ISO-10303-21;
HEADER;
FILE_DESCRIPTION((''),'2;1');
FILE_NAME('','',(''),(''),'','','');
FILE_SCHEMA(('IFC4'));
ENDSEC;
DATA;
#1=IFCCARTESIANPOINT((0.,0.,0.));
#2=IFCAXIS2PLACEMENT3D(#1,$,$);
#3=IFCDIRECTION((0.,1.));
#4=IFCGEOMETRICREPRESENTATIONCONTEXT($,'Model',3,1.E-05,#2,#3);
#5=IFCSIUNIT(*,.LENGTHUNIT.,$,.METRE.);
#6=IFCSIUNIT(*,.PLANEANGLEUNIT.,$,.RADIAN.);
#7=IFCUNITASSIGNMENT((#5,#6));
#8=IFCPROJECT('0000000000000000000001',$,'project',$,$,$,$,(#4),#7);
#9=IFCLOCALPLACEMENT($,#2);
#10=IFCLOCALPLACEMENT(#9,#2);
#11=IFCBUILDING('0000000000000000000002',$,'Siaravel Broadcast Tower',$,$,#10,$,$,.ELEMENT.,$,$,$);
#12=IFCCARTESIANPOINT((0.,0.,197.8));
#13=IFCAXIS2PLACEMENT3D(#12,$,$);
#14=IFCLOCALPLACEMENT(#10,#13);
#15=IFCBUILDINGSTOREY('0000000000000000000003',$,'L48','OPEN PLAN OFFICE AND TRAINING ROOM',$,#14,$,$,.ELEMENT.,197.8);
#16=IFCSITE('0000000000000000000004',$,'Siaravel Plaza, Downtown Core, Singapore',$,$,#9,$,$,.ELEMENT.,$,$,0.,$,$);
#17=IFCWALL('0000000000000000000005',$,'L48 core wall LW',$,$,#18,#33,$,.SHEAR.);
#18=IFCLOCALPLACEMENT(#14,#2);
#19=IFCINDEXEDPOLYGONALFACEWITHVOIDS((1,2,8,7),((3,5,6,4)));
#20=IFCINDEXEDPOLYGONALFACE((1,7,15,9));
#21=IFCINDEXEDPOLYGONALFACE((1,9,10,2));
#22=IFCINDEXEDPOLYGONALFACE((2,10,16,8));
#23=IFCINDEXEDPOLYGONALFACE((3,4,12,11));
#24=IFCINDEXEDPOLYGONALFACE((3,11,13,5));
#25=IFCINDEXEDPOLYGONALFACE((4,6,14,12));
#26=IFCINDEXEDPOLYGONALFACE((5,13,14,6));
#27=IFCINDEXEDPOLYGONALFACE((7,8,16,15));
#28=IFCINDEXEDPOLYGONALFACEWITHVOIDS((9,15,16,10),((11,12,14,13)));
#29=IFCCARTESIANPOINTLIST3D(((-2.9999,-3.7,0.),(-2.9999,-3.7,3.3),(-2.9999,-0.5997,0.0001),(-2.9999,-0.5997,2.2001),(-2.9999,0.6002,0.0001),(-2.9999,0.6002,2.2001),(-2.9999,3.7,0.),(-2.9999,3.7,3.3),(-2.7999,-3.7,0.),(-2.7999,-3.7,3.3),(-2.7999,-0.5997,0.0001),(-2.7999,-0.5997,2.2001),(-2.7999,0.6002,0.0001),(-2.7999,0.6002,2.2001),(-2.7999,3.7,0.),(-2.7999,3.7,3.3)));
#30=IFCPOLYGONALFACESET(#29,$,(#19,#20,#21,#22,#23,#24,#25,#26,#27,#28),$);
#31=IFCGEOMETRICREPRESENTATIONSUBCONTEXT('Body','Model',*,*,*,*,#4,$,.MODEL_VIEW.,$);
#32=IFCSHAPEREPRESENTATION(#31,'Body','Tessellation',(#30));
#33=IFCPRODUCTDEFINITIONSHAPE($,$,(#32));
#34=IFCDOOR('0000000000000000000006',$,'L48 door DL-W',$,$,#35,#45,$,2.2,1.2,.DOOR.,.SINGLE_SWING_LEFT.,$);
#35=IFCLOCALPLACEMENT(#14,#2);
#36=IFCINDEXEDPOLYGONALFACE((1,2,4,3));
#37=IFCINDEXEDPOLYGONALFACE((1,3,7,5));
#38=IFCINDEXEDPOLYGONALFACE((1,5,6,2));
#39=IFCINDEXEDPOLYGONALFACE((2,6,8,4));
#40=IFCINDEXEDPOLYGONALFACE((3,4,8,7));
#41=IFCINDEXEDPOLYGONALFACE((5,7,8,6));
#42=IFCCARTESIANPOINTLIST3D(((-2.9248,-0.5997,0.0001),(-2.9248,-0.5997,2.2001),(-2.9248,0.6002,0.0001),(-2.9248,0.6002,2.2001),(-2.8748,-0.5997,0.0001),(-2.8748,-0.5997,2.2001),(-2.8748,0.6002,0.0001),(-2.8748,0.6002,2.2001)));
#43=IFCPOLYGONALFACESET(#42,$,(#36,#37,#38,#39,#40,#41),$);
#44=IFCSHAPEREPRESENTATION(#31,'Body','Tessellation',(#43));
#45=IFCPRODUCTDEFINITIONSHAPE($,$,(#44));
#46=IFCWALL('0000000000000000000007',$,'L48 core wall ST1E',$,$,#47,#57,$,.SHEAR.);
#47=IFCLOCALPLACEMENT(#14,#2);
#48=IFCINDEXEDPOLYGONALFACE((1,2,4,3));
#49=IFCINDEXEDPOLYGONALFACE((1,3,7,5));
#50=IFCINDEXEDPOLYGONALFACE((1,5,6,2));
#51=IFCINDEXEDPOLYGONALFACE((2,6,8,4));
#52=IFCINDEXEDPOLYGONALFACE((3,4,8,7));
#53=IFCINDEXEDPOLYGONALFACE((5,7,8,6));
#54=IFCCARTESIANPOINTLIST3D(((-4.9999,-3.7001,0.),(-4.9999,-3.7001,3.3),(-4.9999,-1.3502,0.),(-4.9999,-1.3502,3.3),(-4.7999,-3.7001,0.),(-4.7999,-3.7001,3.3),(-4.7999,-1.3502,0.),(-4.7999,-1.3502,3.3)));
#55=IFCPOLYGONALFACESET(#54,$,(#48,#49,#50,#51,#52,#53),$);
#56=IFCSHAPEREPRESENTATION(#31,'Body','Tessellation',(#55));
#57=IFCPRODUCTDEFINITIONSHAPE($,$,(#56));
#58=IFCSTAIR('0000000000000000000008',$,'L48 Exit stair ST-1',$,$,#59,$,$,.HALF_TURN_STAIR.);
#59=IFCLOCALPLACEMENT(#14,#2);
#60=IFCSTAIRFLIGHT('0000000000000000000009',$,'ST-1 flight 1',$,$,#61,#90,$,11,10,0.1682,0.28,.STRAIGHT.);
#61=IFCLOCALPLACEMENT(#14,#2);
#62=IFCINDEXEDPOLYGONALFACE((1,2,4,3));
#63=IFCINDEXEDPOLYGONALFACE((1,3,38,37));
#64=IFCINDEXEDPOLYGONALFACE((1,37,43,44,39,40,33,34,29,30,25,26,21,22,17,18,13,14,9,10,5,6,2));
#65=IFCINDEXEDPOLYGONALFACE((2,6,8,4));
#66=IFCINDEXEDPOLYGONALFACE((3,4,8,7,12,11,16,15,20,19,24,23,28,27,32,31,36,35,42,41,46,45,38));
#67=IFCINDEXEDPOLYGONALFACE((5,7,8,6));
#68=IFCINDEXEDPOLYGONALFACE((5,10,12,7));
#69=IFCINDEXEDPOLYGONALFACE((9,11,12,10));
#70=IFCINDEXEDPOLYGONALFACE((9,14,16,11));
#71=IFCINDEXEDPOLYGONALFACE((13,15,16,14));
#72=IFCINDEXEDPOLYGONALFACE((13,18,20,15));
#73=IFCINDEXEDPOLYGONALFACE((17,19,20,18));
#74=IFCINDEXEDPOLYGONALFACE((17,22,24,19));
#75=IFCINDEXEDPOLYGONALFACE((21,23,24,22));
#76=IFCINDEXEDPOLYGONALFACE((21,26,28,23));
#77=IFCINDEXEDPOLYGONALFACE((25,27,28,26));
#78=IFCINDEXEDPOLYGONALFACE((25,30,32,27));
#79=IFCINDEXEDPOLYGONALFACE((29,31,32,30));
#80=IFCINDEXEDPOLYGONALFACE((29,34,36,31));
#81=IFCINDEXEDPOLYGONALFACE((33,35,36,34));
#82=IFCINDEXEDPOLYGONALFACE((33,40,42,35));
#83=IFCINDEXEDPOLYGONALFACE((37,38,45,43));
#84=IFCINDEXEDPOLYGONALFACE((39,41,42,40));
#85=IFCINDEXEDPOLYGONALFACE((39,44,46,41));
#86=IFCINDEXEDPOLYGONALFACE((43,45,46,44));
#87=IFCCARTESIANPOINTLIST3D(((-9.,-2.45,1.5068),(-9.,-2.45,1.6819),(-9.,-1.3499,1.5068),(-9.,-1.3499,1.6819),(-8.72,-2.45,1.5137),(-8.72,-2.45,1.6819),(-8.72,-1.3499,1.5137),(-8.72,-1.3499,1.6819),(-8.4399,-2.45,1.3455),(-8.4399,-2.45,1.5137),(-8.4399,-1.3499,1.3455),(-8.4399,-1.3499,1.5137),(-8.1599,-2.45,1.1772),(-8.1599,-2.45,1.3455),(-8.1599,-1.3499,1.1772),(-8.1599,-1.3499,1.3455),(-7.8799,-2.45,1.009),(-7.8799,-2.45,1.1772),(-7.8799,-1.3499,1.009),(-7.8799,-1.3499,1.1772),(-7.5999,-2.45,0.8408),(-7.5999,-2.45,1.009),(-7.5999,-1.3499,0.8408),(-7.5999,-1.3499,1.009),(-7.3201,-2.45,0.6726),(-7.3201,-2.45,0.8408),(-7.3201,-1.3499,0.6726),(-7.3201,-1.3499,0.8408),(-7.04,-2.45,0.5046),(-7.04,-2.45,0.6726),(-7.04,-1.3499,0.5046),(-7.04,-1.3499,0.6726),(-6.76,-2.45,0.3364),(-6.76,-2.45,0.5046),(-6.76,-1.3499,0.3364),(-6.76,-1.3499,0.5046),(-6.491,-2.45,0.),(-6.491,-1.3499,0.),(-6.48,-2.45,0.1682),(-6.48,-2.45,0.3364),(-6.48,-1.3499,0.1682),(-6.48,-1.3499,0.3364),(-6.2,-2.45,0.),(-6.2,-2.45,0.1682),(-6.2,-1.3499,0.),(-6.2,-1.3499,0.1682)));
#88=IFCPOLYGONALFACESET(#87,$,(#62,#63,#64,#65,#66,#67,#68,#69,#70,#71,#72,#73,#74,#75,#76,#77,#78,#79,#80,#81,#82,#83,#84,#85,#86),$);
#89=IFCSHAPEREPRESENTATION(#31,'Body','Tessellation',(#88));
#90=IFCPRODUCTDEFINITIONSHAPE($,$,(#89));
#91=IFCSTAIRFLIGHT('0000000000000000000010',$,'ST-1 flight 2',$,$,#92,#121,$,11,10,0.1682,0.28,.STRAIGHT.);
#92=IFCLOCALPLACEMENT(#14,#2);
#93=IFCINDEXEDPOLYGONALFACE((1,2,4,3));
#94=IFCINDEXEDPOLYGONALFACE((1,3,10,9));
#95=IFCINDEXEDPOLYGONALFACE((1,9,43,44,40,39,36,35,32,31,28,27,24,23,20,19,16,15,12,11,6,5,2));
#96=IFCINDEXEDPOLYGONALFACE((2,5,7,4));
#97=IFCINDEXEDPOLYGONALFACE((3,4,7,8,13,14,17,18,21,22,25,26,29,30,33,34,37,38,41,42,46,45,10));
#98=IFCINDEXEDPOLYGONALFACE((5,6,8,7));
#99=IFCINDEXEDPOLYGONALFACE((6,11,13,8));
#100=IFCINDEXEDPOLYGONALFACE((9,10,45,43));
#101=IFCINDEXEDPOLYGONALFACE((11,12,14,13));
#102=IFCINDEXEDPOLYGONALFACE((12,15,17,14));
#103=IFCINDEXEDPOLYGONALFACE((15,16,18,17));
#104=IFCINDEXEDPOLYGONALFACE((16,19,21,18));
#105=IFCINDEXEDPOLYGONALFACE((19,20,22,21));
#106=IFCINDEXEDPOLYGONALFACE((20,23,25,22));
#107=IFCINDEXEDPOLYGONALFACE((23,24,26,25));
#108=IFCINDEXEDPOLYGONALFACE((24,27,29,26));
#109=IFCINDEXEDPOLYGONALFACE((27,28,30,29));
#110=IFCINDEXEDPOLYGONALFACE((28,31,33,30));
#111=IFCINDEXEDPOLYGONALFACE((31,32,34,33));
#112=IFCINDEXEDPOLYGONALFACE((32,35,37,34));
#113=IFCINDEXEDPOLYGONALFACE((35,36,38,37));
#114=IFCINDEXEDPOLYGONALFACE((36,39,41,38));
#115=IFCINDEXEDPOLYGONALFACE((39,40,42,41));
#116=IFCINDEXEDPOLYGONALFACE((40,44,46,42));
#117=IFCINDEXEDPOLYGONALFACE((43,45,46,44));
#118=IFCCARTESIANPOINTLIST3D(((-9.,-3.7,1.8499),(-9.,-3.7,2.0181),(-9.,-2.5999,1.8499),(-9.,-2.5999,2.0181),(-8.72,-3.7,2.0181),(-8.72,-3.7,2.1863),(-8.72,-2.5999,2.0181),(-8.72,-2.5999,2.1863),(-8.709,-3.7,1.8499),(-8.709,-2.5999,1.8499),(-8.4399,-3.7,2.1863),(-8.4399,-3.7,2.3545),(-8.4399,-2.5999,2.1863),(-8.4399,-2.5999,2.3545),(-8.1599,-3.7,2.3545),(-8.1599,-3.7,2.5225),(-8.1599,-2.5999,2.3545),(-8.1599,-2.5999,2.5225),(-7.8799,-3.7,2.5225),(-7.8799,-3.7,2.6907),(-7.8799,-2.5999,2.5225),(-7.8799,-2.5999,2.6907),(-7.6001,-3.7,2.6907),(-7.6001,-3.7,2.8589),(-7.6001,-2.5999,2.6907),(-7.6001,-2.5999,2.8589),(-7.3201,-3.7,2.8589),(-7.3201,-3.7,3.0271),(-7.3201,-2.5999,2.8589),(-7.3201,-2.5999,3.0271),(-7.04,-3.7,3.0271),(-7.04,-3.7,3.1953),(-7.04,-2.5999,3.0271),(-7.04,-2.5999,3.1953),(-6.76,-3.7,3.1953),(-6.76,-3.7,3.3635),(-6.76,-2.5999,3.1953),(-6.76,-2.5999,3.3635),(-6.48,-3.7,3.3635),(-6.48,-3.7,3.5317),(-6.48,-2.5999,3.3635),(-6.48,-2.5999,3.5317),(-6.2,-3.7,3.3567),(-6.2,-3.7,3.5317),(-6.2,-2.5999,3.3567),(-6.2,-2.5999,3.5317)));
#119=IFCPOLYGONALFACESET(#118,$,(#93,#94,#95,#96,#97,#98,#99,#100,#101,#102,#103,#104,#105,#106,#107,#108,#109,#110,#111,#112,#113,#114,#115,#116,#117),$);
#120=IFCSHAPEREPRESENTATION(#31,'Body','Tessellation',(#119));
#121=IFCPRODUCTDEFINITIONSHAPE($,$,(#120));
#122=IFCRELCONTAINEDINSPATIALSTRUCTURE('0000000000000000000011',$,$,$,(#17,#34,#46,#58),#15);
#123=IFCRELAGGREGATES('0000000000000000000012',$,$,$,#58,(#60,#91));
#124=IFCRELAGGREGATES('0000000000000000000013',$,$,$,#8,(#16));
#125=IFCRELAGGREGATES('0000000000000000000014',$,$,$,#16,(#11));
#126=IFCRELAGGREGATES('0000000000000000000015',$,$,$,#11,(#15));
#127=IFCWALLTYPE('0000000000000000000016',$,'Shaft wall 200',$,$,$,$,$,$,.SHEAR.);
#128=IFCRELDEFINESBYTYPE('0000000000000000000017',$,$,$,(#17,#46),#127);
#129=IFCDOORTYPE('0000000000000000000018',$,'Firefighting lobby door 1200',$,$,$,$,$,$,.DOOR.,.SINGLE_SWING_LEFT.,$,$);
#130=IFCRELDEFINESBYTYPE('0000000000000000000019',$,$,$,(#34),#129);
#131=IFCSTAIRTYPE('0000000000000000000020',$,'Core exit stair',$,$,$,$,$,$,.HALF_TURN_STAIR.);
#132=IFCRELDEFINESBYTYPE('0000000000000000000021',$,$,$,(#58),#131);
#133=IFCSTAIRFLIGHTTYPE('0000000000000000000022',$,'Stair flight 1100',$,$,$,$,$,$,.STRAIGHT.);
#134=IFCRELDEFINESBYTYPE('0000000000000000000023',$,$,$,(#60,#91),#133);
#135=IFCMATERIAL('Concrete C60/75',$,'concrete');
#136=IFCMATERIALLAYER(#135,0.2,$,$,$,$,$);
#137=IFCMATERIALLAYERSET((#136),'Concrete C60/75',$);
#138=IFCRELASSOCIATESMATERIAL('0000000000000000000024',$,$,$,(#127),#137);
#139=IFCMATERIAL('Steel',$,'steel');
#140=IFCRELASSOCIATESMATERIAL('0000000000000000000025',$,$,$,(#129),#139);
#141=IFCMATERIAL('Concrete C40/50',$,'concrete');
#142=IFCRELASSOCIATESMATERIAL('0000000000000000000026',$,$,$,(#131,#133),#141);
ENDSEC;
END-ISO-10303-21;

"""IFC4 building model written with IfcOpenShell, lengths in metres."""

from ifc_helpers import new_model, si_unit, direction, frame, frame_2d, origin, place, context, subcontext, project, spatial, polyline, rectangle, outline, extrude, material, layer, layer_set, type_object, element, fill, aggregate, save


model = new_model("IFC4")

# Units and contexts
model_context = context("Model", 3, precision=1e-05, world=origin(), true_north=direction((0.0, 1.0)))
body_context = subcontext(model_context, "Body", "Model", "MODEL_VIEW")
ifc_project = project(units=[si_unit("LENGTHUNIT", "METRE"), si_unit("PLANEANGLEUNIT", "RADIAN")], contexts=[model_context])

# Site, building, storey
site_placement = place(None, origin())
site = spatial("IfcSite", under=ifc_project, at=site_placement, Name="Siaravel Plaza, Downtown Core, Singapore", CompositionType="ELEMENT", RefElevation=0.0)
building_placement = place(site_placement, origin())
building = spatial("IfcBuilding", under=site, at=building_placement, Name="Siaravel Broadcast Tower", CompositionType="ELEMENT")
storey_placement = place(building_placement, frame((0.0, 0.0, 197.8)))
storey = spatial("IfcBuildingStorey", under=building, at=storey_placement, Name="L48", Description="OPEN PLAN OFFICE AND TRAINING ROOM", CompositionType="ELEMENT", Elevation=197.8)

# Shared definitions
ifc_material_1 = material(Name="Concrete C60/75", Category="concrete")

# Shared definitions
ifc_layer_1 = layer(ifc_material_1, 0.2)
ifc_layer_set_1 = layer_set([ifc_layer_1], Name="Concrete C60/75")
wall_type_1 = type_object("IfcWallType", Name="Shaft wall 200", PredefinedType="SHEAR", material=ifc_layer_set_1)

# Wall, opening, door
wall_1_placement = place(storey_placement, frame((-2.8999, -3.7, 0.0), z_axis=(0.0, 0.0, 1.0), x_axis=(0.0, 1.0, 0.0)))
wall_1 = element("IfcWall", 1, at=wall_1_placement, inside=storey, type_object=wall_type_1, Name="L48 core wall LW", PredefinedType="SHEAR", context=body_context, shape_type="SweptSolid", body=[
    extrude(rectangle(XDim=7.3999, YDim=0.2, at=frame_2d((3.7, 0.0))), origin(), (0.0, 0.0, 1.0), 3.3),
])
opening_1_placement = place(wall_1_placement, frame((3.1001, 0.0, 0.0)))
opening_1 = element("IfcOpeningElement", 2, at=opening_1_placement, cuts=wall_1, PredefinedType="OPENING", context=body_context, shape_type="SweptSolid", body=[
    extrude(rectangle(XDim=1.2, YDim=2.2, at=frame_2d((0.6001, 1.1001))), frame((0.0, 0.1099, 0.0), z_axis=(0.0, -1.0, 0.0), x_axis=(1.0, 0.0, 0.0)), (0.0, 0.0, 1.0), 0.22),
])
ifc_material_2 = material(Name="Steel", Category="steel")
door_type_1 = type_object("IfcDoorType", Name="Firefighting lobby door 1200", OperationType="SINGLE_SWING_LEFT", PredefinedType="DOOR", material=ifc_material_2)
door_1_placement = place(opening_1_placement, origin())
door_1 = element("IfcDoor", 3, at=door_1_placement, inside=storey, type_object=door_type_1, Name="L48 door DL-W", OperationType="SINGLE_SWING_LEFT", OverallHeight=2.2, OverallWidth=1.2, PredefinedType="DOOR", context=body_context, shape_type="SweptSolid", body=[
    extrude(rectangle(XDim=1.2, YDim=2.2, at=frame_2d((0.6001, 1.1001))), frame((0.0, 0.0249, 0.0), z_axis=(0.0, -1.0, 0.0), x_axis=(1.0, 0.0, 0.0)), (0.0, 0.0, 1.0), 0.05),
])
fill(opening_1, door_1)

# Wall
wall_2_placement = place(storey_placement, frame((-4.8999, -3.7, 0.0), z_axis=(0.0, 0.0, 1.0), x_axis=(0.0, 1.0, 0.0)))
element("IfcWall", 4, at=wall_2_placement, inside=storey, type_object=wall_type_1, Name="L48 core wall ST1E", PredefinedType="SHEAR", context=body_context, shape_type="SweptSolid", body=[
    extrude(rectangle(XDim=2.3499, YDim=0.2, at=frame_2d((1.1748, 0.0))), origin(), (0.0, 0.0, 1.0), 3.3),
])

# Stair, stair flights
ifc_material_3 = material(Name="Concrete C40/50", Category="concrete")
stair_type = type_object("IfcStairType", Name="Core exit stair", PredefinedType="HALF_TURN_STAIR", material=ifc_material_3)
stair_placement = place(storey_placement, origin())
stair = element("IfcStair", 5, at=stair_placement, inside=storey, type_object=stair_type, Name="L48 Exit stair ST-1", PredefinedType="HALF_TURN_STAIR")
stair_flight_type = type_object("IfcStairFlightType", Name="Stair flight 1100", PredefinedType="STRAIGHT", material=ifc_material_3)
stair_flight_1_placement = place(storey_placement, frame((-6.2, -1.8999, 0.0), z_axis=(0.0, 0.0, 1.0), x_axis=(-1.0, 0.0, 0.0)))
stair_flight_1 = element("IfcStairFlight", 6, at=stair_flight_1_placement, type_object=stair_flight_type, Name="ST-1 flight 1", NumberOfRisers=11, NumberOfTreads=10, PredefinedType="STRAIGHT", RiserHeight=0.1682, TreadLength=0.28, context=body_context, shape_type="SweptSolid", body=[
    extrude(outline(polyline([(0.0, 0.0), (0.0, 0.1682), (0.28, 0.1682), (0.28, 0.3364), (0.5601, 0.3364), (0.5601, 0.5046), (0.8401, 0.5046), (0.8401, 0.6726), (1.1201, 0.6726), (1.1201, 0.8408), (1.3999, 0.8408), (1.3999, 1.009), (1.6799, 1.009), (1.6799, 1.1772), (1.96, 1.1772), (1.96, 1.3455), (2.24, 1.3455), (2.24, 1.5137), (2.52, 1.5137), (2.52, 1.6819), (2.8, 1.6819), (2.8, 1.8501), (2.8, 1.5068), (0.291, 0.0), (0.0, 0.0)])), frame((0.0, 0.55, 0.0), z_axis=(0.0, -1.0, 0.0), x_axis=(1.0, 0.0, 0.0)), (0.0, 0.0, 1.0), 1.1001),
])
stair_flight_2_placement = place(storey_placement, frame((-9.0, -3.1499, 1.8499), z_axis=(0.0, 0.0, 1.0), x_axis=(1.0, 0.0, 0.0)))
stair_flight_2 = element("IfcStairFlight", 7, at=stair_flight_2_placement, type_object=stair_flight_type, Name="ST-1 flight 2", NumberOfRisers=11, NumberOfTreads=10, PredefinedType="STRAIGHT", RiserHeight=0.1682, TreadLength=0.28, context=body_context, shape_type="SweptSolid", body=[
    extrude(outline(polyline([(0.0, 0.0), (0.0, 0.1682), (0.28, 0.1682), (0.28, 0.3364), (0.5601, 0.3364), (0.5601, 0.5046), (0.8401, 0.5046), (0.8401, 0.6726), (1.1201, 0.6726), (1.1201, 0.8408), (1.3999, 0.8408), (1.3999, 1.009), (1.6799, 1.009), (1.6799, 1.1772), (1.96, 1.1772), (1.96, 1.3455), (2.24, 1.3455), (2.24, 1.5137), (2.52, 1.5137), (2.52, 1.6819), (2.8, 1.6819), (2.8, 1.8501), (2.8, 1.5068), (0.291, 0.0), (0.0, 0.0)])), frame((0.0, 0.55, 0.0), z_axis=(0.0, -1.0, 0.0), x_axis=(1.0, 0.0, 0.0)), (0.0, 0.0, 1.0), 1.1001),
])
aggregate(stair, [stair_flight_1, stair_flight_2])

save(model, "model.ifc")
